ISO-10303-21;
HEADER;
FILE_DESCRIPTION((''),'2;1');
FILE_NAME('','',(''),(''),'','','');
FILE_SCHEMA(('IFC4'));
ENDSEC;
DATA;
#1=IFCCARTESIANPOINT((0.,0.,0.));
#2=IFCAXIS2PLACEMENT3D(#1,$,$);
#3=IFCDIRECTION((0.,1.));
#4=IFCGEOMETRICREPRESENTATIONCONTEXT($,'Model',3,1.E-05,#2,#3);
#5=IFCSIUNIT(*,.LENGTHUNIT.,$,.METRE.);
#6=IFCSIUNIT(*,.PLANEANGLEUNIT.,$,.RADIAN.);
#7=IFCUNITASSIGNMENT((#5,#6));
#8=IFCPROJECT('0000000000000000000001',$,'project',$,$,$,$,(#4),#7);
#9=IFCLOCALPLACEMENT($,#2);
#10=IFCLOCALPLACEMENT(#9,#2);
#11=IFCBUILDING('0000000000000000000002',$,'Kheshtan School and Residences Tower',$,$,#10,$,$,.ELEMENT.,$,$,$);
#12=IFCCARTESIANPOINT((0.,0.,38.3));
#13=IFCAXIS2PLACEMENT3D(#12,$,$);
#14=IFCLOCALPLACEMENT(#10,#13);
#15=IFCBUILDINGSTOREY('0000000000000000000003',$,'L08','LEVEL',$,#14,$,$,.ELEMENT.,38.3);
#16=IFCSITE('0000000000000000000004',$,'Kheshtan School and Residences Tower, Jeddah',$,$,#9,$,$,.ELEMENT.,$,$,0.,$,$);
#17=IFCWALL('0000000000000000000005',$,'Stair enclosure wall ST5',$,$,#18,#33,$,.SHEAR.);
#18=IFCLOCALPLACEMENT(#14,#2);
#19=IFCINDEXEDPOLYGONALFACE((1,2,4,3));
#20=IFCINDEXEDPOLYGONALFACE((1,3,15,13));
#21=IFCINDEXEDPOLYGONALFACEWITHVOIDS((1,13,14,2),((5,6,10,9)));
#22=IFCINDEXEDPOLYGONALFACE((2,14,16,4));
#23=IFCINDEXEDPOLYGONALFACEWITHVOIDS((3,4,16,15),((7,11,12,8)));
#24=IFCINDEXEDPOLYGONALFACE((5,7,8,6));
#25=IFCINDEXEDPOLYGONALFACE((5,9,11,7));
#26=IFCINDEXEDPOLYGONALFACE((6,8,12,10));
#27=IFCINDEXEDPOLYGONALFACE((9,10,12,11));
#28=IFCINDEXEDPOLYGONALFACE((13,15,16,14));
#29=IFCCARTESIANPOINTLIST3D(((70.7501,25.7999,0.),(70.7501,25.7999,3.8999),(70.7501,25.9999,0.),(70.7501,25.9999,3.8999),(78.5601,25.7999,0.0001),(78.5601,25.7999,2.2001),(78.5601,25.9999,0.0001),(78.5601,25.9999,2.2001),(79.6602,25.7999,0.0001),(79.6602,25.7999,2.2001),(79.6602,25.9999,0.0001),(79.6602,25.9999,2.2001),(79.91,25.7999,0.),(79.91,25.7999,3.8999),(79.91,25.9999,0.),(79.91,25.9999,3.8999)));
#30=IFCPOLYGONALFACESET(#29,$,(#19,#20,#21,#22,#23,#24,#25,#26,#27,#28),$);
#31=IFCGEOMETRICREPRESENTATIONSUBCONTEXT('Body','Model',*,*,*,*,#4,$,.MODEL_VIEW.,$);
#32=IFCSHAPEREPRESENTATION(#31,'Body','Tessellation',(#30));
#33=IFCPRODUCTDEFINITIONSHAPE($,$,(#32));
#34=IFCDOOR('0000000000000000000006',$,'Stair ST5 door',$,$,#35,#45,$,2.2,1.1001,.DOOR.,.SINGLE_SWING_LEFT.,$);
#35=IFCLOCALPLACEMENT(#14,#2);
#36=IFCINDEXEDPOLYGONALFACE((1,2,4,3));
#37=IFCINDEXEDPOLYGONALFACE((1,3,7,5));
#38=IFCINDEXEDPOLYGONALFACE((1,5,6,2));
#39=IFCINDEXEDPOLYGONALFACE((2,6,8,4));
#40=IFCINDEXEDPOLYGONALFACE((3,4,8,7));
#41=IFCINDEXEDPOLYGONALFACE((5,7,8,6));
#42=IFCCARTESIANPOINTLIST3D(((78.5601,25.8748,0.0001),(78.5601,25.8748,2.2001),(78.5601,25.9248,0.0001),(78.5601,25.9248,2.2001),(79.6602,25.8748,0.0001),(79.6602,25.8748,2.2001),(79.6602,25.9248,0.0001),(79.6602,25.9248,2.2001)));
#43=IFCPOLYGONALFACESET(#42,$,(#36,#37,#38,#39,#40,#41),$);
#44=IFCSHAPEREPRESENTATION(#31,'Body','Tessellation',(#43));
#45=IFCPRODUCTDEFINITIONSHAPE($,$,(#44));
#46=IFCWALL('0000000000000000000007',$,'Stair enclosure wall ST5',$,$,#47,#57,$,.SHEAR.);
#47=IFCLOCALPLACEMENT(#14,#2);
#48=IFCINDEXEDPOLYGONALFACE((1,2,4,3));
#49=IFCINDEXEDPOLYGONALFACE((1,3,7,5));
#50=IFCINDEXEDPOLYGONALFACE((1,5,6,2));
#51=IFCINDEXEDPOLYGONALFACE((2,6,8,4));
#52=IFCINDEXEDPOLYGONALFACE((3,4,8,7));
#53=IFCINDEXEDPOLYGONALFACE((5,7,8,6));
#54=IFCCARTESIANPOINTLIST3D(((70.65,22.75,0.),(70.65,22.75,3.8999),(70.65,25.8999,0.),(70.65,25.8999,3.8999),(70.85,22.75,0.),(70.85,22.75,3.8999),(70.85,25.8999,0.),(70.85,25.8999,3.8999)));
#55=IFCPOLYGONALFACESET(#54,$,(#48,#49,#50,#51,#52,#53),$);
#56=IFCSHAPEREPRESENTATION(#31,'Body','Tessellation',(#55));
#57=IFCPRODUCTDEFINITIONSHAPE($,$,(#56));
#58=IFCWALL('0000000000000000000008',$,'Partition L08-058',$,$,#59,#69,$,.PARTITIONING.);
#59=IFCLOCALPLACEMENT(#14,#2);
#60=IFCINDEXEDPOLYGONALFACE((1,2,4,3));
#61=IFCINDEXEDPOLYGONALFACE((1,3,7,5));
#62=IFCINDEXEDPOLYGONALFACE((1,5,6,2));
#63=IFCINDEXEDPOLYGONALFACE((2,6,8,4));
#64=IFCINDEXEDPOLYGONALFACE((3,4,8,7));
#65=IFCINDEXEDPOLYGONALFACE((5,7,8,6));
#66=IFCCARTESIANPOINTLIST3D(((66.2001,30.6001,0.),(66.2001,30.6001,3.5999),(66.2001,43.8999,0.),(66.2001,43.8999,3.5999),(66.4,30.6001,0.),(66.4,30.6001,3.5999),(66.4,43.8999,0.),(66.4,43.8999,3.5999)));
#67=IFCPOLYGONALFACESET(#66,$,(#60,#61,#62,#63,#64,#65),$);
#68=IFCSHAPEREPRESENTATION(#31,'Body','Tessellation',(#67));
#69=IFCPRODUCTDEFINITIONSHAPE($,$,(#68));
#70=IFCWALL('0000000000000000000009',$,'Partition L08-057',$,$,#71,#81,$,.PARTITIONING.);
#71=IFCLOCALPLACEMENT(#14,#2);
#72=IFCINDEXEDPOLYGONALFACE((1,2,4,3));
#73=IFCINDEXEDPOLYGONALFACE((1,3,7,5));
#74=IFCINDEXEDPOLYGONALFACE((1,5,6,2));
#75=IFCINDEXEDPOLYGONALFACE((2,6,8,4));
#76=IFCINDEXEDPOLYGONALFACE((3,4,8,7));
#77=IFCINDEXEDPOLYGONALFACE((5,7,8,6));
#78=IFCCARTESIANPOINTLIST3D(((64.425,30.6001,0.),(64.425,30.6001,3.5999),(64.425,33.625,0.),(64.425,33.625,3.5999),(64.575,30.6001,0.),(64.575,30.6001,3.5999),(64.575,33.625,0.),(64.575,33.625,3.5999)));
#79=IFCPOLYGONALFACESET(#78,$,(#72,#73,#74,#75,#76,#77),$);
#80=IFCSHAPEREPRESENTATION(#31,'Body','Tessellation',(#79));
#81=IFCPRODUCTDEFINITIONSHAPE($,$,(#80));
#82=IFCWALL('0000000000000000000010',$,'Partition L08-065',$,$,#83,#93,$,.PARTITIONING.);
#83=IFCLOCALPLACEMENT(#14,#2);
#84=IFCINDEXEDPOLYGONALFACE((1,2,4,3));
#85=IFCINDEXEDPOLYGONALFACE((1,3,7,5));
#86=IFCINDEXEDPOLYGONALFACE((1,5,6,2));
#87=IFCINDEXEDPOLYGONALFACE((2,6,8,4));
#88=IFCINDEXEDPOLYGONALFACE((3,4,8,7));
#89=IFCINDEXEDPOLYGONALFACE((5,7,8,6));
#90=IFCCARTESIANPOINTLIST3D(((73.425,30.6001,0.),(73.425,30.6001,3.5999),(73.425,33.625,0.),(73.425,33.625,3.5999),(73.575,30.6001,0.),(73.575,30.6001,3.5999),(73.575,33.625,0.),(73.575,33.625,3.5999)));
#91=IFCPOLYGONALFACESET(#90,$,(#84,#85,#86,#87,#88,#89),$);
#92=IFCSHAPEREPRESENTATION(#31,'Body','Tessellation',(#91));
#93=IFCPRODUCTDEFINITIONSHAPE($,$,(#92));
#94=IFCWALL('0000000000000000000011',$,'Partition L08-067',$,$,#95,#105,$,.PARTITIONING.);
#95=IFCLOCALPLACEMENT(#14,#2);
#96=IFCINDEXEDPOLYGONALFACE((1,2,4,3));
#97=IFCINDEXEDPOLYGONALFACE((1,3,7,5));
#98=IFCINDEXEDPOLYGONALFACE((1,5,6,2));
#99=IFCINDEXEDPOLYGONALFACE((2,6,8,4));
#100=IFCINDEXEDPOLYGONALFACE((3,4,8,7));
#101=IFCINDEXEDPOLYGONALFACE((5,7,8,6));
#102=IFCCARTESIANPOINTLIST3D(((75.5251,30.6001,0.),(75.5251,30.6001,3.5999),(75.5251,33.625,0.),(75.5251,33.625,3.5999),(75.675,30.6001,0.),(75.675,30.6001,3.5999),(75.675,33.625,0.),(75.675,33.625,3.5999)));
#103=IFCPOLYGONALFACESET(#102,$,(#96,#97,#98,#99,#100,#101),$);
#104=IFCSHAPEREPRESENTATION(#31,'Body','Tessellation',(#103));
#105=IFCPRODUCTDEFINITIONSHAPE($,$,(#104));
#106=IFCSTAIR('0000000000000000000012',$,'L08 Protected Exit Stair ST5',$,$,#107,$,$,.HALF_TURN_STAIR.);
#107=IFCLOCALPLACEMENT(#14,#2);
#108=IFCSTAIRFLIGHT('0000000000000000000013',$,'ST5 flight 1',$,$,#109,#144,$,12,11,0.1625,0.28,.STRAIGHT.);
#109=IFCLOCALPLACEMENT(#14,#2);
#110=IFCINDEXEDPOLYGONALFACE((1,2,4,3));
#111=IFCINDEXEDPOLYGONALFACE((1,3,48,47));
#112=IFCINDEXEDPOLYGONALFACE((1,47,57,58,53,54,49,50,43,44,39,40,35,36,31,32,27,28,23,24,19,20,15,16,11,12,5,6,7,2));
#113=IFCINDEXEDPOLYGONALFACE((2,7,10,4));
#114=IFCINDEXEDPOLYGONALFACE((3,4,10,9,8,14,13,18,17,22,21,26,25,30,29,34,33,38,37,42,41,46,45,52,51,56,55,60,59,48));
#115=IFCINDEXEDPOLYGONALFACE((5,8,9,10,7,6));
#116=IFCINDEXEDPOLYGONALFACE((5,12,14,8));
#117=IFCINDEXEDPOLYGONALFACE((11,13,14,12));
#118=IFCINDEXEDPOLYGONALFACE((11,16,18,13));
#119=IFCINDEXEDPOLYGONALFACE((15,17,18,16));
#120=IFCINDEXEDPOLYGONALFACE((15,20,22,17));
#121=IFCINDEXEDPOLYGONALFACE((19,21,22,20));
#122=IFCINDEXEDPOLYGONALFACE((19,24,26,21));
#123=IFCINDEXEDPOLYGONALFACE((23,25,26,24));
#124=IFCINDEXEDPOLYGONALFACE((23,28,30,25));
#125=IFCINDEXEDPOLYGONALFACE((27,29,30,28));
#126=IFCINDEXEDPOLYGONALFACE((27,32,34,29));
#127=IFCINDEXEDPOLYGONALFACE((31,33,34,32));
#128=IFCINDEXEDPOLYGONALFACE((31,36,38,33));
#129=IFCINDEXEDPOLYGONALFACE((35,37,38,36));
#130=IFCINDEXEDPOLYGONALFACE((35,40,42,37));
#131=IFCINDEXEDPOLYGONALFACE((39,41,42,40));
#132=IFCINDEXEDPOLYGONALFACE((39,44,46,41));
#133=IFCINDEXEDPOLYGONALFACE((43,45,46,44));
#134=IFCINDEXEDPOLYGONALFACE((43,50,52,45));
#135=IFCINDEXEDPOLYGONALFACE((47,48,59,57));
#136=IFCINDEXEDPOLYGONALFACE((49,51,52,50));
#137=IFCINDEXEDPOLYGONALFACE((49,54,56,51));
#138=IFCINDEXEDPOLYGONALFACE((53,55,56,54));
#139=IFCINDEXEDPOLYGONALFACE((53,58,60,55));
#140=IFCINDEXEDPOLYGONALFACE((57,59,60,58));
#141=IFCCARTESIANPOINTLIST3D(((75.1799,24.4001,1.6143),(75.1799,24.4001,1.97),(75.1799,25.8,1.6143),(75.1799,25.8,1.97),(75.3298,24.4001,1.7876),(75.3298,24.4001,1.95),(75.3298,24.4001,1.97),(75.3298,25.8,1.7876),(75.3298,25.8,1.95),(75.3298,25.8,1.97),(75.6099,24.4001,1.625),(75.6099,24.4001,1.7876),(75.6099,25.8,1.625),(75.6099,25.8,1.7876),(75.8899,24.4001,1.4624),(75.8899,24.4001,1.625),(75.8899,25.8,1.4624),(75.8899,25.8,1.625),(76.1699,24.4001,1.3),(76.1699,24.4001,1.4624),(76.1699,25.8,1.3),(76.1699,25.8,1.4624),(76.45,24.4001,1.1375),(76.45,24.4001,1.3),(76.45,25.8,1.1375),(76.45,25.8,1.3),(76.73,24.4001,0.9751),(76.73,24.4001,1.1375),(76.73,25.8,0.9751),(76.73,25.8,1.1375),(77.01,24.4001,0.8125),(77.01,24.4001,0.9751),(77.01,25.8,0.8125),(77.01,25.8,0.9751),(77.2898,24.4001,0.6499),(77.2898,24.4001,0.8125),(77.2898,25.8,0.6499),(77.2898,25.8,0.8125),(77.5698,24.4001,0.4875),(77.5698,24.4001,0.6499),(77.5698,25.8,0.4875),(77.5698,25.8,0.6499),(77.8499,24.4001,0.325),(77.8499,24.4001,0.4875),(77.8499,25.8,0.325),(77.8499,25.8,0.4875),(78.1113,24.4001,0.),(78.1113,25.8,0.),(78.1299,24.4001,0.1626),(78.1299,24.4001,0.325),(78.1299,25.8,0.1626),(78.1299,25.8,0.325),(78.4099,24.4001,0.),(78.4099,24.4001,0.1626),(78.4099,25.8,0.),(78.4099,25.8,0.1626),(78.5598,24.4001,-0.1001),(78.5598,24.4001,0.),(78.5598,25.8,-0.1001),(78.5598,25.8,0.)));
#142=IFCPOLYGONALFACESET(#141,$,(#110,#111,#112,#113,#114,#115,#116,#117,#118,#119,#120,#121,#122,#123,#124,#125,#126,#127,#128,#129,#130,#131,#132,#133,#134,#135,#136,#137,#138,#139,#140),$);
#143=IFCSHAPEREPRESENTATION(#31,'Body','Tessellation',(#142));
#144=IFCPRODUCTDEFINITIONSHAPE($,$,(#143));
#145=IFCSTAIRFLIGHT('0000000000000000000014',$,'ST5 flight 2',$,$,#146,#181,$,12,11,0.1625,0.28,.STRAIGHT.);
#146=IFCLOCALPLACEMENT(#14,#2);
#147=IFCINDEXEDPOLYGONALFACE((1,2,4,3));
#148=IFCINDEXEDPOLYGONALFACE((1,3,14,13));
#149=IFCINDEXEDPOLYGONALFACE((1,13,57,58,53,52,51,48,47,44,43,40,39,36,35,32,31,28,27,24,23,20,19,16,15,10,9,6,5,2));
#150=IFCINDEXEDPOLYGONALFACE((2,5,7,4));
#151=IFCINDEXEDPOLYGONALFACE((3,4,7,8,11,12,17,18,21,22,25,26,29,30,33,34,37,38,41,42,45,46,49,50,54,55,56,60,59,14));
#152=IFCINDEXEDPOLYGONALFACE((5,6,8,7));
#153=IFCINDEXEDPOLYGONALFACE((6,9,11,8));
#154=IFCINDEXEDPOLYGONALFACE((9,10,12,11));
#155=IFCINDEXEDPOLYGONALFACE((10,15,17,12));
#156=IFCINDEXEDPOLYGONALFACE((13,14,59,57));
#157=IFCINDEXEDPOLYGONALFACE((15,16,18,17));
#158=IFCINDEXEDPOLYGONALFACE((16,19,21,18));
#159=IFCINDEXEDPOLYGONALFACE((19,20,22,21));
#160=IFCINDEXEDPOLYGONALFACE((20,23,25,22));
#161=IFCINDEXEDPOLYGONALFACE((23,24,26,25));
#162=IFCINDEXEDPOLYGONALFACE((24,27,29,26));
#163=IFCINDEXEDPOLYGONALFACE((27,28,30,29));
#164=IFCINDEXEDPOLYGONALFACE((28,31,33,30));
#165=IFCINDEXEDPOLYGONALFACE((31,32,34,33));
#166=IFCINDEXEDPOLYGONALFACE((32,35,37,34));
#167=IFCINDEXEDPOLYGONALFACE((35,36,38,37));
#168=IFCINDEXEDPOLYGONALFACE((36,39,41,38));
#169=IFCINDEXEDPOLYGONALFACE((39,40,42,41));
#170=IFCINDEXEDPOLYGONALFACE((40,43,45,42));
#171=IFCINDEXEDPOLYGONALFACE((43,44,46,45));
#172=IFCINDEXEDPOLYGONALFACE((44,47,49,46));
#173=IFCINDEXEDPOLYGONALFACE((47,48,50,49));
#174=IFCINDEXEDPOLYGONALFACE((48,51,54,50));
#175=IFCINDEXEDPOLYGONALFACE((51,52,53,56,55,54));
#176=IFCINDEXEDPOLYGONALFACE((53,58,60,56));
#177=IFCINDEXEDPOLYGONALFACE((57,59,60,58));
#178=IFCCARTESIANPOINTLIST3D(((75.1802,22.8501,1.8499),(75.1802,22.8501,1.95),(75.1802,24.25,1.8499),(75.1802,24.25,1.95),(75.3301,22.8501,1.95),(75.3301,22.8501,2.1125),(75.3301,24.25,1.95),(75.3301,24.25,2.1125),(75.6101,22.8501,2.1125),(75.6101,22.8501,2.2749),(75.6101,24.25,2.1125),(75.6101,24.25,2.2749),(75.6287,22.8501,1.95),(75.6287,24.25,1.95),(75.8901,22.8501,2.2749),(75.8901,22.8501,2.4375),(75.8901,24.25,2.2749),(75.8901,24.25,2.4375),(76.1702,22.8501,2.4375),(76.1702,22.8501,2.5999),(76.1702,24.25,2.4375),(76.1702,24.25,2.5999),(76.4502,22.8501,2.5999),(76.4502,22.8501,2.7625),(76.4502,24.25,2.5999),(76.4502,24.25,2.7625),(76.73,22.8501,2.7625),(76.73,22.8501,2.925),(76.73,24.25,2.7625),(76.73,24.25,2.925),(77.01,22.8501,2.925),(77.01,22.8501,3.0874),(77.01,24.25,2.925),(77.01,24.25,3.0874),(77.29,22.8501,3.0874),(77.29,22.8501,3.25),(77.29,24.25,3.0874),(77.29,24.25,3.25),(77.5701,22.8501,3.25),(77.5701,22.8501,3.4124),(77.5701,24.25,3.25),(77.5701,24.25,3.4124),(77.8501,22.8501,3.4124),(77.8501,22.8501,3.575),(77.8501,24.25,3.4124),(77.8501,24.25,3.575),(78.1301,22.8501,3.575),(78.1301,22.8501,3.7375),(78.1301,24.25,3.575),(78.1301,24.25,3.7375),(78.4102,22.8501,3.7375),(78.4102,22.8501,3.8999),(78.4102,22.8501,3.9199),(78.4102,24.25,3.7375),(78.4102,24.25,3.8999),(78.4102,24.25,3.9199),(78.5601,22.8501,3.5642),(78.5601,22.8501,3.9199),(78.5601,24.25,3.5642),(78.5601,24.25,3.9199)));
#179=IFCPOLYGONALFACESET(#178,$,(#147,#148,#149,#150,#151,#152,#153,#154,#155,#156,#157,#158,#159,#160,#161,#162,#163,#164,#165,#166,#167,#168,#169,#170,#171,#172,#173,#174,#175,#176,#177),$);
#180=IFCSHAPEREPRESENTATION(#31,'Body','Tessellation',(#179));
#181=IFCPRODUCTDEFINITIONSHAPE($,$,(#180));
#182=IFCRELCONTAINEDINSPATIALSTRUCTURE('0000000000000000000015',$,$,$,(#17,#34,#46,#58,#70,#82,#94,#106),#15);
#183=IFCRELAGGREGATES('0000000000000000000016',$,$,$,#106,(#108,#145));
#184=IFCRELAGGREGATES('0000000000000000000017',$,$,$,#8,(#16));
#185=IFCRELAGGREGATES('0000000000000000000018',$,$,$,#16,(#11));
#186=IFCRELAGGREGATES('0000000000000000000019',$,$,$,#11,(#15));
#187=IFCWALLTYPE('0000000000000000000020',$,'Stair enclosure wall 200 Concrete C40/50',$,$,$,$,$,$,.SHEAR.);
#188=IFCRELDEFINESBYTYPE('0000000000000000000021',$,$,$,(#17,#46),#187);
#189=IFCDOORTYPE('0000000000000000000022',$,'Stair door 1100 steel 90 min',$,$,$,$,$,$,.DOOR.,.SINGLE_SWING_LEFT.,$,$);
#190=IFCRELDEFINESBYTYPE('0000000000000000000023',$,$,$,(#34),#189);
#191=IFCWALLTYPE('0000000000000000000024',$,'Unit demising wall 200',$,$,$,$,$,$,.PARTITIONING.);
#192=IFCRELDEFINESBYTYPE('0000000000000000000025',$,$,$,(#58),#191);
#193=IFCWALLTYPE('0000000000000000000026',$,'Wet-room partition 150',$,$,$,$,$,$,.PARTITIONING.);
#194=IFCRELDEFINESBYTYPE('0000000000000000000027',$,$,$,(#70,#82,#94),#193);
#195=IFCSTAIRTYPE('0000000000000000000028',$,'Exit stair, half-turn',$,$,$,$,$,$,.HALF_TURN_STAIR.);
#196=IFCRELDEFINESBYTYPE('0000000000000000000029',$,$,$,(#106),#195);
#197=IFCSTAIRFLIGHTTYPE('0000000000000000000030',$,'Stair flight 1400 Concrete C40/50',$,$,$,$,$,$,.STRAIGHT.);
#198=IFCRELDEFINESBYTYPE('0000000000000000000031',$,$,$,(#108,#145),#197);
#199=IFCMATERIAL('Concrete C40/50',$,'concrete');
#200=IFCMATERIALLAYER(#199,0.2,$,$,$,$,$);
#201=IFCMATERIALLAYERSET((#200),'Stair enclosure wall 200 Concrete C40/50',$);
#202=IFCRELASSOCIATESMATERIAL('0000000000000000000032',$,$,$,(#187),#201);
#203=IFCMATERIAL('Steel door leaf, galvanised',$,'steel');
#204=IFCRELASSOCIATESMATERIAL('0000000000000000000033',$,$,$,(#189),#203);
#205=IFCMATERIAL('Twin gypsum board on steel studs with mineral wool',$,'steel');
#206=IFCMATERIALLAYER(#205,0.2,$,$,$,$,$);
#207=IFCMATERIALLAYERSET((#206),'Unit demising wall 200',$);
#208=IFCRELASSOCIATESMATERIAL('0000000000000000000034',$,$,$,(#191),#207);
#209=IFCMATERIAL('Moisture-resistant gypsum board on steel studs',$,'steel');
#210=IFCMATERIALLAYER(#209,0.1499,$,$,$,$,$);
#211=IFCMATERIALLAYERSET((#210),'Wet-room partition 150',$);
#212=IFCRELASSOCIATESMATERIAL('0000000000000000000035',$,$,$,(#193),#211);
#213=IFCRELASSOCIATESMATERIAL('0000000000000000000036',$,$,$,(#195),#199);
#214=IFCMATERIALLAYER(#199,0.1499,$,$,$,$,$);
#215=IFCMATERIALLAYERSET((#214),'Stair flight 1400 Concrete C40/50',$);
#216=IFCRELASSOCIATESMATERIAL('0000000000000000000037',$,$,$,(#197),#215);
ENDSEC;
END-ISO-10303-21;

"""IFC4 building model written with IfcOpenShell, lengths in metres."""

from ifc_helpers import new_model, si_unit, direction, frame, frame_2d, origin, place, context, subcontext, project, spatial, polyline, rectangle, outline, extrude, source, transform, mapped, material, layer, layer_set, type_object, element, fill, aggregate, save


model = new_model("IFC4")

# Units and contexts
model_context = context("Model", 3, precision=1e-05, world=origin(), true_north=direction((0.0, 1.0)))
body_context = subcontext(model_context, "Body", "Model", "MODEL_VIEW")
ifc_project = project(units=[si_unit("LENGTHUNIT", "METRE"), si_unit("PLANEANGLEUNIT", "RADIAN")], contexts=[model_context])

# Site, building, storey
site_placement = place(None, origin())
site = spatial("IfcSite", under=ifc_project, at=site_placement, Name="Kheshtan School and Residences Tower, Jeddah", CompositionType="ELEMENT", RefElevation=0.0)
building_placement = place(site_placement, origin())
building = spatial("IfcBuilding", under=site, at=building_placement, Name="Kheshtan School and Residences Tower", CompositionType="ELEMENT")
storey_placement = place(building_placement, frame((0.0, 0.0, 38.3)))
storey = spatial("IfcBuildingStorey", under=building, at=storey_placement, Name="L08", Description="LEVEL", CompositionType="ELEMENT", Elevation=38.3)

# Shared definitions
ifc_material_1 = material(Name="Steel door leaf, galvanised", Category="steel")

# Shared definitions
ifc_material_2 = material(Name="Concrete C40/50", Category="concrete")
ifc_layer_1 = layer(ifc_material_2, 0.2)
ifc_layer_set_1 = layer_set([ifc_layer_1], Name="Stair enclosure wall 200 Concrete C40/50")
wall_type_1 = type_object("IfcWallType", Name="Stair enclosure wall 200 Concrete C40/50", PredefinedType="SHEAR", material=ifc_layer_set_1)

# Wall, opening, door
wall_1_placement = place(storey_placement, frame((70.75, 25.8999, 0.0), z_axis=(0.0, 0.0, 1.0), x_axis=(1.0, 0.0, 0.0)))
wall_1 = element("IfcWall", 1, at=wall_1_placement, inside=storey, type_object=wall_type_1, Name="Stair enclosure wall ST5", PredefinedType="SHEAR", context=body_context, shape_type="SweptSolid", body=[
    extrude(rectangle(XDim=9.1599, YDim=0.2, at=frame_2d((4.5801, 0.0))), origin(), (0.0, 0.0, 1.0), 3.8999),
])
opening_1_placement = place(wall_1_placement, frame((7.8101, 0.0, 0.0)))
opening_1 = element("IfcOpeningElement", 2, at=opening_1_placement, cuts=wall_1, PredefinedType="OPENING", context=body_context, shape_type="SweptSolid", body=[
    extrude(rectangle(XDim=1.1001, YDim=2.2, at=frame_2d((0.55, 1.1001))), frame((0.0, 0.1099, 0.0), z_axis=(0.0, -1.0, 0.0), x_axis=(1.0, 0.0, 0.0)), (0.0, 0.0, 1.0), 0.22),
])
door_type_1 = type_object("IfcDoorType", Name="Stair door 1100 steel 90 min", OperationType="SINGLE_SWING_LEFT", PredefinedType="DOOR", material=ifc_material_1)
shared_shape_1 = source(origin(), body_context, "Body", "SweptSolid", [
    extrude(rectangle(XDim=1.1001, YDim=2.2, at=frame_2d((0.55, 1.1001))), frame((0.0, 0.0249, 0.0), z_axis=(0.0, -1.0, 0.0), x_axis=(1.0, 0.0, 0.0)), (0.0, 0.0, 1.0), 0.05),
])
door_1_placement = place(opening_1_placement, origin())
door_1 = element("IfcDoor", 3, at=door_1_placement, inside=storey, type_object=door_type_1, Name="Stair ST5 door", OperationType="SINGLE_SWING_LEFT", OverallHeight=2.2, OverallWidth=1.1001, PredefinedType="DOOR", context=body_context, shape_type="MappedRepresentation", body=[
    mapped(shared_shape_1, transform((0.0, 0.0, 0.0), x_axis=(1.0, 0.0, 0.0), y_axis=(0.0, 1.0, 0.0), z_axis=(0.0, 0.0, 1.0), scale=1.0)),
])
fill(opening_1, door_1)

# Walls
wall_2_placement = place(storey_placement, frame((70.75, 22.75, 0.0), z_axis=(0.0, 0.0, 1.0), x_axis=(0.0, 1.0, 0.0)))
element("IfcWall", 4, at=wall_2_placement, inside=storey, type_object=wall_type_1, Name="Stair enclosure wall ST5", PredefinedType="SHEAR", context=body_context, shape_type="SweptSolid", body=[
    extrude(rectangle(XDim=3.1499, YDim=0.2, at=frame_2d((1.575, 0.0))), origin(), (0.0, 0.0, 1.0), 3.8999),
])
ifc_material_3 = material(Name="Twin gypsum board on steel studs with mineral wool", Category="steel")
ifc_layer_2 = layer(ifc_material_3, 0.2)
ifc_layer_set_2 = layer_set([ifc_layer_2], Name="Unit demising wall 200")
wall_type_2 = type_object("IfcWallType", Name="Unit demising wall 200", PredefinedType="PARTITIONING", material=ifc_layer_set_2)
wall_3_placement = place(storey_placement, frame((66.3, 30.6001, 0.0), z_axis=(0.0, 0.0, 1.0), x_axis=(0.0, 1.0, 0.0)))
element("IfcWall", 5, at=wall_3_placement, inside=storey, type_object=wall_type_2, Name="Partition L08-058", PredefinedType="PARTITIONING", context=body_context, shape_type="SweptSolid", body=[
    extrude(rectangle(XDim=13.2998, YDim=0.2, at=frame_2d((6.6499, 0.0))), origin(), (0.0, 0.0, 1.0), 3.5999),
])
ifc_material_4 = material(Name="Moisture-resistant gypsum board on steel studs", Category="steel")
ifc_layer_3 = layer(ifc_material_4, 0.1499)
ifc_layer_set_3 = layer_set([ifc_layer_3], Name="Wet-room partition 150")
wall_type_3 = type_object("IfcWallType", Name="Wet-room partition 150", PredefinedType="PARTITIONING", material=ifc_layer_set_3)
for number, where, z_axis, x_axis, name in (
    (6, (64.5, 30.6001, 0.0), (0.0, 0.0, 1.0), (0.0, 1.0, 0.0), "Partition L08-057"),
    (7, (73.5, 30.6001, 0.0), (0.0, 0.0, 1.0), (0.0, 1.0, 0.0), "Partition L08-065"),
    (8, (75.6001, 30.6001, 0.0), (0.0, 0.0, 1.0), (0.0, 1.0, 0.0), "Partition L08-067"),
):
    element("IfcWall", number, at=place(storey_placement, frame(where, z_axis=z_axis, x_axis=x_axis)), inside=storey, type_object=wall_type_3, Name=name, PredefinedType="PARTITIONING", context=body_context, shape_type="SweptSolid", body=[
        extrude(rectangle(XDim=3.0249, YDim=0.1499, at=frame_2d((1.5125, 0.0))), origin(), (0.0, 0.0, 1.0), 3.5999),
    ])

# Stair, stair flights
stair_type = type_object("IfcStairType", Name="Exit stair, half-turn", PredefinedType="HALF_TURN_STAIR", material=ifc_material_2)
stair_placement = place(storey_placement, origin())
stair = element("IfcStair", 9, at=stair_placement, inside=storey, type_object=stair_type, Name="L08 Protected Exit Stair ST5", PredefinedType="HALF_TURN_STAIR")
ifc_layer_4 = layer(ifc_material_2, 0.1499)
ifc_layer_set_4 = layer_set([ifc_layer_4], Name="Stair flight 1400 Concrete C40/50")
stair_flight_type = type_object("IfcStairFlightType", Name="Stair flight 1400 Concrete C40/50", PredefinedType="STRAIGHT", material=ifc_layer_set_4)
stair_flight_1_placement = place(storey_placement, frame((78.4099, 25.1001, 0.0), z_axis=(0.0, 0.0, 1.0), x_axis=(-1.0, 0.0, 0.0)))
stair_flight_1 = element("IfcStairFlight", 10, at=stair_flight_1_placement, type_object=stair_flight_type, Name="ST5 flight 1", NumberOfRisers=12, NumberOfTreads=11, PredefinedType="STRAIGHT", RiserHeight=0.1625, TreadLength=0.28, context=body_context, shape_type="SweptSolid", body=[
    extrude(outline(polyline([(-0.1499, -0.1001), (-0.1499, 0.0), (0.0, 0.0), (0.0, 0.1626), (0.28, 0.1626), (0.28, 0.325), (0.5601, 0.325), (0.5601, 0.4875), (0.8401, 0.4875), (0.8401, 0.6499), (1.1201, 0.6499), (1.1201, 0.8125), (1.3999, 0.8125), (1.3999, 0.9751), (1.6799, 0.9751), (1.6799, 1.1375), (1.96, 1.1375), (1.96, 1.3), (2.24, 1.3), (2.24, 1.4624), (2.52, 1.4624), (2.52, 1.625), (2.8, 1.625), (2.8, 1.7876), (3.0801, 1.7876), (3.0801, 1.95), (3.0801, 1.97), (3.23, 1.97), (3.23, 1.6143), (0.2986, 0.0), (-0.1499, -0.1001)])), frame((0.0, 0.7, 0.0), z_axis=(0.0, -1.0, 0.0), x_axis=(1.0, 0.0, 0.0)), (0.0, 0.0, 1.0), 1.3999),
])
stair_flight_2_placement = place(storey_placement, frame((75.3301, 23.55, 1.95), z_axis=(0.0, 0.0, 1.0), x_axis=(1.0, 0.0, 0.0)))
stair_flight_2 = element("IfcStairFlight", 11, at=stair_flight_2_placement, type_object=stair_flight_type, Name="ST5 flight 2", NumberOfRisers=12, NumberOfTreads=11, PredefinedType="STRAIGHT", RiserHeight=0.1625, TreadLength=0.28, context=body_context, shape_type="SweptSolid", body=[
    extrude(outline(polyline([(-0.1499, -0.1001), (-0.1499, 0.0), (0.0, 0.0), (0.0, 0.1626), (0.28, 0.1626), (0.28, 0.325), (0.5601, 0.325), (0.5601, 0.4875), (0.8401, 0.4875), (0.8401, 0.6499), (1.1201, 0.6499), (1.1201, 0.8125), (1.3999, 0.8125), (1.3999, 0.9751), (1.6799, 0.9751), (1.6799, 1.1375), (1.96, 1.1375), (1.96, 1.3), (2.24, 1.3), (2.24, 1.4624), (2.52, 1.4624), (2.52, 1.625), (2.8, 1.625), (2.8, 1.7876), (3.0801, 1.7876), (3.0801, 1.95), (3.0801, 1.97), (3.23, 1.97), (3.23, 1.6143), (0.2986, 0.0), (-0.1499, -0.1001)])), frame((0.0, 0.7, 0.0), z_axis=(0.0, -1.0, 0.0), x_axis=(1.0, 0.0, 0.0)), (0.0, 0.0, 1.0), 1.3999),
])
aggregate(stair, [stair_flight_1, stair_flight_2])

save(model, "model.ifc")
